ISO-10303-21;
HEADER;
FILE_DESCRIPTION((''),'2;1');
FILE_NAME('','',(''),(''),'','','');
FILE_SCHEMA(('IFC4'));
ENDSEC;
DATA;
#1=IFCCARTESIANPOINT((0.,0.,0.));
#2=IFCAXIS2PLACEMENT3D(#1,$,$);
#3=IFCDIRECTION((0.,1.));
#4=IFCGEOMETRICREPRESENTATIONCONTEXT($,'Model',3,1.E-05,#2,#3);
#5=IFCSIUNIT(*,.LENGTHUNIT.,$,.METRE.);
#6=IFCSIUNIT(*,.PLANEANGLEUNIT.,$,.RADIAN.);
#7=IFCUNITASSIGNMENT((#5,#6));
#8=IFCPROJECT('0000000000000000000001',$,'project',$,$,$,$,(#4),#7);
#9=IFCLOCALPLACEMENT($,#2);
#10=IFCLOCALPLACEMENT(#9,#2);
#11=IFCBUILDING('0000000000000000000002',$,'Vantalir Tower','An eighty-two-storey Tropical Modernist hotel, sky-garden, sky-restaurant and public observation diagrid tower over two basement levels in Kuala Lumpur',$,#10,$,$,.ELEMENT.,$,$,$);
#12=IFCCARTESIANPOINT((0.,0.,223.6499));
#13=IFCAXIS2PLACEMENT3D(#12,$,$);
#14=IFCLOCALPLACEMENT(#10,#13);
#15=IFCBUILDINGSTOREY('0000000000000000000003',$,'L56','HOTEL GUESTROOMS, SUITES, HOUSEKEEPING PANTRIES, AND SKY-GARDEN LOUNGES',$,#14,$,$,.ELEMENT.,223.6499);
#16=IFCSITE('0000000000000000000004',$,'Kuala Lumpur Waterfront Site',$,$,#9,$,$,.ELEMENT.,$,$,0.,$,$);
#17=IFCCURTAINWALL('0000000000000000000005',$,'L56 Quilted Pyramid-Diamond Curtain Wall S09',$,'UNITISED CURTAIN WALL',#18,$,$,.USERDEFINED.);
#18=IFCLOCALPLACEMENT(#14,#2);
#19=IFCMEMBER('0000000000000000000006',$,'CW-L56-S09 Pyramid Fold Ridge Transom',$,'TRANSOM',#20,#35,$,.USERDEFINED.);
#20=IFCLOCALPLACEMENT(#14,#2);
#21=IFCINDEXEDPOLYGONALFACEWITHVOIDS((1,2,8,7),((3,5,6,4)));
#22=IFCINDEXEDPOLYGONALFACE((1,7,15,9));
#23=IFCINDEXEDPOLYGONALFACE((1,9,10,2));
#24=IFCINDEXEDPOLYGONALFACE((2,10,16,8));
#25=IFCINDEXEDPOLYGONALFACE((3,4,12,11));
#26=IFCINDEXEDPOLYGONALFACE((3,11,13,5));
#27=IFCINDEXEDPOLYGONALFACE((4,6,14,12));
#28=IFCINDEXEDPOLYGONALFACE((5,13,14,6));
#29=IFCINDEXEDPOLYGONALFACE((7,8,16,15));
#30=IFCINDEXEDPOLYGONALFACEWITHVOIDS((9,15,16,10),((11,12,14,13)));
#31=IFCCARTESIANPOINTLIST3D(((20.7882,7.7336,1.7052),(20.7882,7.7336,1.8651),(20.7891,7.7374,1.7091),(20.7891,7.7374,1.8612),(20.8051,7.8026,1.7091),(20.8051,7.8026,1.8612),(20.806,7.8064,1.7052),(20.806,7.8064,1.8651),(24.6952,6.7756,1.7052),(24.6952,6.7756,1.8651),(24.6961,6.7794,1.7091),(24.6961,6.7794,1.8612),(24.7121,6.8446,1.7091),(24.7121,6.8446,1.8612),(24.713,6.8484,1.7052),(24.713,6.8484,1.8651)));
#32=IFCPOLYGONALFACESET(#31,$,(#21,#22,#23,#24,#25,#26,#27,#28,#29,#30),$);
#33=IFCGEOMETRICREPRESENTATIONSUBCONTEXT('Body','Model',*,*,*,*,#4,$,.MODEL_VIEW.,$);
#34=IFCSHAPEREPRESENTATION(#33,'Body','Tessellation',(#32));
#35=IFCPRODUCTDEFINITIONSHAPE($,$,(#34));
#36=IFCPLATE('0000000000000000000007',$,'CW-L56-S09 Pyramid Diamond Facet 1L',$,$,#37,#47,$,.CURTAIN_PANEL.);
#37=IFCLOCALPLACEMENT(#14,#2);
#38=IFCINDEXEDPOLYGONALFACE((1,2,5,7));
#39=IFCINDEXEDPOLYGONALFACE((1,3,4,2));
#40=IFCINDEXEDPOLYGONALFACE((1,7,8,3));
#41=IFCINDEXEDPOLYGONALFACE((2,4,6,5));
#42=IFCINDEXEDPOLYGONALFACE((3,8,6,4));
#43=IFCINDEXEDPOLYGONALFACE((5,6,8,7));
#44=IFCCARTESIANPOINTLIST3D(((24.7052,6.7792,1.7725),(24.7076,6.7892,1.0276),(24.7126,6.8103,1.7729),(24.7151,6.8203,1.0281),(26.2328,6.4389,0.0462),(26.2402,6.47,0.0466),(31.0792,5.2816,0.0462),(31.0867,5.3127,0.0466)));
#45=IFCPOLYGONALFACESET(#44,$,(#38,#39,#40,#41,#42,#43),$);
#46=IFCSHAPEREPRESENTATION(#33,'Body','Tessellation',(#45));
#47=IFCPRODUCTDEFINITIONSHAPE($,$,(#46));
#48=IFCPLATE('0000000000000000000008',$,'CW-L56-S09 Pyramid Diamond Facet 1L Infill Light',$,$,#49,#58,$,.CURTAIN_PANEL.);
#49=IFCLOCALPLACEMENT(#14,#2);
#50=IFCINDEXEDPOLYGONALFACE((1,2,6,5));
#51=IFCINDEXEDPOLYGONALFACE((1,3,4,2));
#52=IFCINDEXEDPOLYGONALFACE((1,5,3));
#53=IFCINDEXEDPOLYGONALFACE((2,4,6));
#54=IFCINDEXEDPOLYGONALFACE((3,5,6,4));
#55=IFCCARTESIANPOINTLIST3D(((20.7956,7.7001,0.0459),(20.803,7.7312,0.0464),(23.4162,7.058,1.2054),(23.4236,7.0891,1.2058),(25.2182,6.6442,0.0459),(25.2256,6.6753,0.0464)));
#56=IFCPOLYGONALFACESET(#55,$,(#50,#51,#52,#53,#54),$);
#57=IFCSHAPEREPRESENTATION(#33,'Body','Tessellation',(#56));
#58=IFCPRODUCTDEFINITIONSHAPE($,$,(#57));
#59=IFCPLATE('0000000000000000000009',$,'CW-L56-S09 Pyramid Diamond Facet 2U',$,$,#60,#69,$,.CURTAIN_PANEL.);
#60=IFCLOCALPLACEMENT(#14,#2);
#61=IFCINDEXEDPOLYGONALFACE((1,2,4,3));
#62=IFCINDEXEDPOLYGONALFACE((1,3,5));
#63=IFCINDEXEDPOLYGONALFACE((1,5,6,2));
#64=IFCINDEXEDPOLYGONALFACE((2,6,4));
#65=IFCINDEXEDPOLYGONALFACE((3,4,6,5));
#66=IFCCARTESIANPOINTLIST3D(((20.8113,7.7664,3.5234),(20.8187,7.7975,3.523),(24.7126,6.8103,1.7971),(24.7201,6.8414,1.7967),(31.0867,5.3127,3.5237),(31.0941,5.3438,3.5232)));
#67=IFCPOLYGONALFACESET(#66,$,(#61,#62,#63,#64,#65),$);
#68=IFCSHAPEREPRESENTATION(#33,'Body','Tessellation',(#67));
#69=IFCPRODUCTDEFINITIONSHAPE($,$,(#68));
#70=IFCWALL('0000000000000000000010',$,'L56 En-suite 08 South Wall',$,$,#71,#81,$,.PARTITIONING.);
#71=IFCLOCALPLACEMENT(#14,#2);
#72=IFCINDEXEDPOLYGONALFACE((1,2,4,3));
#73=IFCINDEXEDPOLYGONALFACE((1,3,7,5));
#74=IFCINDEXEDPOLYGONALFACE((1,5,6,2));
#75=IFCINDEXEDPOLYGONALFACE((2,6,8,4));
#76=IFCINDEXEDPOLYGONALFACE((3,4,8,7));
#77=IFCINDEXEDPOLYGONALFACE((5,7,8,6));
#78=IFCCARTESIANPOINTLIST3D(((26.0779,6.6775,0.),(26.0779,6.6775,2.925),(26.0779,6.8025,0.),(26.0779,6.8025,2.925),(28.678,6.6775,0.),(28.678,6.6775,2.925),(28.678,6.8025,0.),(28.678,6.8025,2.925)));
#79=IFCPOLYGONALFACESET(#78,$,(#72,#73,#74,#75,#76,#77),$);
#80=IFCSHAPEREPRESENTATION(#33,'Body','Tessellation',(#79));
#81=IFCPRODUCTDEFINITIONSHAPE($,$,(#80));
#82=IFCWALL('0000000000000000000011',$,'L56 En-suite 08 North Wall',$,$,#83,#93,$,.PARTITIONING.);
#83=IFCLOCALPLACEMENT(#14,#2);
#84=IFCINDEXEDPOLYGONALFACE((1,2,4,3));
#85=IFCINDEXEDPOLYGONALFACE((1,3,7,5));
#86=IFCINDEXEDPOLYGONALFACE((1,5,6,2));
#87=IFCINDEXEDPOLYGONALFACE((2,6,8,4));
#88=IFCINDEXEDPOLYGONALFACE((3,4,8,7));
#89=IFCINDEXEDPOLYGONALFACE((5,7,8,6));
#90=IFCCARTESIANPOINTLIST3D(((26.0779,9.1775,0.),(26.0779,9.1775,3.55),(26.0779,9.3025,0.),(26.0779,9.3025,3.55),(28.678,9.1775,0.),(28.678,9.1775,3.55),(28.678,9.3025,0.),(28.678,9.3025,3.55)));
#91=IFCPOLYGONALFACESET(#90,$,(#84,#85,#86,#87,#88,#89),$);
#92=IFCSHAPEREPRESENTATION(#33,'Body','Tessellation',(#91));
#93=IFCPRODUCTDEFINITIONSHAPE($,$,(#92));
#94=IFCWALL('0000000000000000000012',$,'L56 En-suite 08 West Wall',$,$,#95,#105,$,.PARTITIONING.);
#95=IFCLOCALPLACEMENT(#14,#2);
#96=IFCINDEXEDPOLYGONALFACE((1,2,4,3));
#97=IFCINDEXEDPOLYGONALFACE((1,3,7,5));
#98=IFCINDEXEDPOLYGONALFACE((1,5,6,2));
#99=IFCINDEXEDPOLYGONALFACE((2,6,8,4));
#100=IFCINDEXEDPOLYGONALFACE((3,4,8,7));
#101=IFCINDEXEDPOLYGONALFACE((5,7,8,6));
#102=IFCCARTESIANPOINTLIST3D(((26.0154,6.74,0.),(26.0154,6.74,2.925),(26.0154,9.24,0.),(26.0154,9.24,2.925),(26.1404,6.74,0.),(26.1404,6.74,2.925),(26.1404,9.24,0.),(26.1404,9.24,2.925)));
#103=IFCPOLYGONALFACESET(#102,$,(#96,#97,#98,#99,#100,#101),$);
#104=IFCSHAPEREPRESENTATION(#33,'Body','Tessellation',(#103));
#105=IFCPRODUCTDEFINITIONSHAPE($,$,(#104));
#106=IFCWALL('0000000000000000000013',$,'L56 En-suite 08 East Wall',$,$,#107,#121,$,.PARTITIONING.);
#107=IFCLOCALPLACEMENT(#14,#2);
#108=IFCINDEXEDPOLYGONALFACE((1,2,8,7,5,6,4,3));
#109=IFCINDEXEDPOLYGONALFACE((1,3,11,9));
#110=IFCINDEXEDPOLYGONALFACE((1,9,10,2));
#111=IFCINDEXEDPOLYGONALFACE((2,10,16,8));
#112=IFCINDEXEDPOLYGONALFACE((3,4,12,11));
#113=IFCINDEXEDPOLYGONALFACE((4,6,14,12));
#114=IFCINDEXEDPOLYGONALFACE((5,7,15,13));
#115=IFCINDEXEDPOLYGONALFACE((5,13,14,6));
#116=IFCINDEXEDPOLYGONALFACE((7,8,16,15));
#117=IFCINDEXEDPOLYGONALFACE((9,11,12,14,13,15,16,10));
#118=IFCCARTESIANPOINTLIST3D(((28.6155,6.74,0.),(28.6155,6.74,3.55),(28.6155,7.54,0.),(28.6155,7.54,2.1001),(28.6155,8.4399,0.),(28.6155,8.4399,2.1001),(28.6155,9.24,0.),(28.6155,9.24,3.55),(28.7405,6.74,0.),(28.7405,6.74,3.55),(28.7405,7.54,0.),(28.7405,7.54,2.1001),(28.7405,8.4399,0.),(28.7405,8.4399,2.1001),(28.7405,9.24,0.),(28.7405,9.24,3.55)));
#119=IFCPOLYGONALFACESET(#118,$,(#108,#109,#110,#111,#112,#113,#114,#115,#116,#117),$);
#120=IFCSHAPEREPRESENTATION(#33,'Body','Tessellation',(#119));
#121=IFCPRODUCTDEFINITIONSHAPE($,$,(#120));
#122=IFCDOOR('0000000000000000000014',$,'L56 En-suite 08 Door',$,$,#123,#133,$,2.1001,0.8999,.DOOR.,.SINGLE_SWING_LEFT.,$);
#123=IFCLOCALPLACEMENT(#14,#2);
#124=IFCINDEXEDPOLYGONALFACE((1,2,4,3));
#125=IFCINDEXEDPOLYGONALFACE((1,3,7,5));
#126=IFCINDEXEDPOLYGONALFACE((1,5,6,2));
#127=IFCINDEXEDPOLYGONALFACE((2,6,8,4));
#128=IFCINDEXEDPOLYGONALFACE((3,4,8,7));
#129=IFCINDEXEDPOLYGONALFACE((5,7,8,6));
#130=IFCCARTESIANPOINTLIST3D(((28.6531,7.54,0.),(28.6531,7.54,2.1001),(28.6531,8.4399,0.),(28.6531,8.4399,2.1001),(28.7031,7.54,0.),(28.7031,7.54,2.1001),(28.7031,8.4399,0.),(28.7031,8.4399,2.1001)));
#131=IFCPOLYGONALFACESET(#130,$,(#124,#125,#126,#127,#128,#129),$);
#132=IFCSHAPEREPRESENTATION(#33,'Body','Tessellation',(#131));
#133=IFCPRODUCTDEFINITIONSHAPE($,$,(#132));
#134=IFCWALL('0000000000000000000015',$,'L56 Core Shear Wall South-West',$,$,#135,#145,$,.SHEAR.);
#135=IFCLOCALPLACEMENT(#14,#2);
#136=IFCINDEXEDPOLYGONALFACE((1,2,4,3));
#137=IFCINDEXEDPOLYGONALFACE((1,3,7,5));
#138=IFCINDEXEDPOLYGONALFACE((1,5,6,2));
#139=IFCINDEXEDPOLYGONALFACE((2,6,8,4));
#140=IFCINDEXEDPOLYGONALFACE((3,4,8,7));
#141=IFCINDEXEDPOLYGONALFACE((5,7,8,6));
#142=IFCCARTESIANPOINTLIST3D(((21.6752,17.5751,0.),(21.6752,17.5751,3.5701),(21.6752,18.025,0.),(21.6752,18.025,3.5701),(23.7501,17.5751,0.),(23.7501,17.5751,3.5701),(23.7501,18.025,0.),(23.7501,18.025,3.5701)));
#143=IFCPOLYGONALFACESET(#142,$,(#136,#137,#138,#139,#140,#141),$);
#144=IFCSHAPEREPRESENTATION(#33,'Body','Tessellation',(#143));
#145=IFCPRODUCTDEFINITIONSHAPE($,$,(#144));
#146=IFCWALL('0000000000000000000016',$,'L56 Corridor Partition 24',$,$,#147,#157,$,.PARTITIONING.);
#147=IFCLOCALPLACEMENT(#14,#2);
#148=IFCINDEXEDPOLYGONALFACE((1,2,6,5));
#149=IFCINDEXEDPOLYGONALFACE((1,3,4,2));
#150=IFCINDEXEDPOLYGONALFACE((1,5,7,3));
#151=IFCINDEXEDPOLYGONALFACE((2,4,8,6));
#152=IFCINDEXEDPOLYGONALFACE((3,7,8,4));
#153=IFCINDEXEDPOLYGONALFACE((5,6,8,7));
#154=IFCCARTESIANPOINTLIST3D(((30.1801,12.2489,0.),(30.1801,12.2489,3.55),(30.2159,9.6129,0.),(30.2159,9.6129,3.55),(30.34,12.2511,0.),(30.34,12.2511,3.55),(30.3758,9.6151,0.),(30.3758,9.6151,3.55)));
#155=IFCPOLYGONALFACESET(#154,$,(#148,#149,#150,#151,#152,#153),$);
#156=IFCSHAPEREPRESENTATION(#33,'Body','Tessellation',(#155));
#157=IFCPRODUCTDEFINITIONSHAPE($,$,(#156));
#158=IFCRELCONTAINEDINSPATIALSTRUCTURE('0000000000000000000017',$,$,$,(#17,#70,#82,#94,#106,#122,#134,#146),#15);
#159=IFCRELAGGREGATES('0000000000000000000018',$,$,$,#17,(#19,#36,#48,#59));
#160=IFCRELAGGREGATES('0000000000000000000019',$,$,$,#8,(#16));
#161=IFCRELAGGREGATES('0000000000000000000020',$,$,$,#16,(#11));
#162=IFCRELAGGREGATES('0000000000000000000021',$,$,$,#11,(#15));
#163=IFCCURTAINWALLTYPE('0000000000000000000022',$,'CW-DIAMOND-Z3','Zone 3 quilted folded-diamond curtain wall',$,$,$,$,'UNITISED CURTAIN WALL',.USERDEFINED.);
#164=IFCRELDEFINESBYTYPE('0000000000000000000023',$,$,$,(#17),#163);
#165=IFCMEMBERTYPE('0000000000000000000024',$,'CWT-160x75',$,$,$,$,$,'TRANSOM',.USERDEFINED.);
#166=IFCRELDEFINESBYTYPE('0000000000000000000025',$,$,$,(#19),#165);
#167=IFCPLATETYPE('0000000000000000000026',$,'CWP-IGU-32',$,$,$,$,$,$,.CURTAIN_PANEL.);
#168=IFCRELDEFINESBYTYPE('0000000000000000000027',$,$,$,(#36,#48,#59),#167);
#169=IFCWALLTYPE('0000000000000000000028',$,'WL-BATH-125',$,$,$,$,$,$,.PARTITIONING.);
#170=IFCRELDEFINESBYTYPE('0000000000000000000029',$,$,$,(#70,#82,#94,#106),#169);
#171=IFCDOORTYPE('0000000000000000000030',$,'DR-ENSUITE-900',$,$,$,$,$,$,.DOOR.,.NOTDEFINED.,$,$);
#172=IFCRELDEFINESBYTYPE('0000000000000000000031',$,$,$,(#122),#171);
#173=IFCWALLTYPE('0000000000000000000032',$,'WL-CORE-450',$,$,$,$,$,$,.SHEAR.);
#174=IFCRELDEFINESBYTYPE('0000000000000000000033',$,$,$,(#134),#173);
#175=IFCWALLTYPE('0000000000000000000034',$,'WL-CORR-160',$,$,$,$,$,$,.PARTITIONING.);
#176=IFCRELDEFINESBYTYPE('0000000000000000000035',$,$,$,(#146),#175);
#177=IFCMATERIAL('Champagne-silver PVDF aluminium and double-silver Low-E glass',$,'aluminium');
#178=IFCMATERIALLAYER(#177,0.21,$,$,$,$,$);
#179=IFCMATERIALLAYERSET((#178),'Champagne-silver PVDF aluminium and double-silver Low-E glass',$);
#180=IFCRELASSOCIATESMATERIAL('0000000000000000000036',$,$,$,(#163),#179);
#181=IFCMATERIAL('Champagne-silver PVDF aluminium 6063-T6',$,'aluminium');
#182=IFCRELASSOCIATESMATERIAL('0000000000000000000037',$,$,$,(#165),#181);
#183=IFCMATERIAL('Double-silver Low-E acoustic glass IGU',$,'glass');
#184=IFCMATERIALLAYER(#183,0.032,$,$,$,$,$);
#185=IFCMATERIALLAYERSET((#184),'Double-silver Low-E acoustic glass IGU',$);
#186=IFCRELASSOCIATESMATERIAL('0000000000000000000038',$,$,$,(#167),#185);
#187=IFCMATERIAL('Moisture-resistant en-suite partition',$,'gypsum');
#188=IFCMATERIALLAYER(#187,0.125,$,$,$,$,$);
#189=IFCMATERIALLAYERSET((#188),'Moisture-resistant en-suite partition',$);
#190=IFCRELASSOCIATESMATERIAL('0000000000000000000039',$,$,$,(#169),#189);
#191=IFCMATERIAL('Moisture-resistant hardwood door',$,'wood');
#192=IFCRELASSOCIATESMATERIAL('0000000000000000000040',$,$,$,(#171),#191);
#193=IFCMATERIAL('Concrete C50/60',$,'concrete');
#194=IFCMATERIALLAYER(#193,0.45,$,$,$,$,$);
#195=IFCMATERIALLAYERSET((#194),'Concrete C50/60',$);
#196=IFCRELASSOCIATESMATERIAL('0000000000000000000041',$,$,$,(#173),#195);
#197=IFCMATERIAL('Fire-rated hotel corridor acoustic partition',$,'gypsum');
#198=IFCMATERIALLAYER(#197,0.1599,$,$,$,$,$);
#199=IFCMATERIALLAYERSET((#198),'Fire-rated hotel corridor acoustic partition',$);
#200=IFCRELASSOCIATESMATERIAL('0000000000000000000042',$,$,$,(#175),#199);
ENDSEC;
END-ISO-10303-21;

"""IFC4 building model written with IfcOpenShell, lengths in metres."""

from ifc_helpers import new_model, si_unit, direction, frame, frame_2d, origin, origin_2d, place, context, subcontext, project, spatial, polyline, rectangle, hollow_rectangle, outline, extrude, material, layer, layer_set, material_profile, profile_set, type_object, element, fill, aggregate, save


model = new_model("IFC4")

# Units and contexts
model_context = context("Model", 3, precision=1e-05, world=origin(), true_north=direction((0.0, 1.0)))
body_context = subcontext(model_context, "Body", "Model", "MODEL_VIEW")
ifc_project = project(units=[si_unit("LENGTHUNIT", "METRE"), si_unit("PLANEANGLEUNIT", "RADIAN")], contexts=[model_context])

# Site, building, storey
site_placement = place(None, origin())
site = spatial("IfcSite", under=ifc_project, at=site_placement, Name="Kuala Lumpur Waterfront Site", CompositionType="ELEMENT", RefElevation=0.0)
building_placement = place(site_placement, origin())
building = spatial("IfcBuilding", under=site, at=building_placement, Name="Vantalir Tower", Description="An eighty-two-storey Tropical Modernist hotel, sky-garden, sky-restaurant and public observation diagrid tower over two basement levels in Kuala Lumpur", CompositionType="ELEMENT")
storey_placement = place(building_placement, frame((0.0, 0.0, 223.6499)))
storey = spatial("IfcBuildingStorey", under=building, at=storey_placement, Name="L56", Description="HOTEL GUESTROOMS, SUITES, HOUSEKEEPING PANTRIES, AND SKY-GARDEN LOUNGES", CompositionType="ELEMENT", Elevation=223.6499)

# Shared definitions
ifc_material_1 = material(Name="Concrete C50/60", Category="concrete")

# Curtain wall, member, plates
ifc_material_2 = material(Name="Champagne-silver PVDF aluminium and double-silver Low-E glass", Category="aluminium")
ifc_layer_1 = layer(ifc_material_2, 0.21)
ifc_layer_set_1 = layer_set([ifc_layer_1], Name="Champagne-silver PVDF aluminium and double-silver Low-E glass")
curtain_wall_type = type_object("IfcCurtainWallType", Name="CW-DIAMOND-Z3", Description="Zone 3 quilted folded-diamond curtain wall", ElementType="UNITISED CURTAIN WALL", PredefinedType="USERDEFINED", material=ifc_layer_set_1)
curtain_wall_placement = place(storey_placement, origin())
curtain_wall = element("IfcCurtainWall", 1, at=curtain_wall_placement, inside=storey, type_object=curtain_wall_type, Name="L56 Quilted Pyramid-Diamond Curtain Wall S09", ObjectType="UNITISED CURTAIN WALL", PredefinedType="USERDEFINED")
ifc_material_3 = material(Name="Champagne-silver PVDF aluminium 6063-T6", Category="aluminium")
ifc_material_profile_1 = material_profile(ifc_material_3, hollow_rectangle(XDim=0.075, YDim=0.1599, WallThickness=0.0039, at=origin_2d()), Name="Champagne-silver PVDF aluminium 6063-T6")
ifc_profile_set_1 = profile_set([ifc_material_profile_1], Name="Champagne-silver PVDF aluminium 6063-T6")
member_type_1 = type_object("IfcMemberType", Name="CWT-160x75", ElementType="TRANSOM", PredefinedType="USERDEFINED", material=ifc_profile_set_1)
member_1_placement = place(storey_placement, frame((20.7971, 7.77, 1.7852), z_axis=(0.971229, -0.238149, 0.0), x_axis=(0.238149, 0.971229, 0.0)))
member_1 = element("IfcMember", 2, at=member_1_placement, type_object=member_type_1, Name="CW-L56-S09 Pyramid Fold Ridge Transom", ObjectType="TRANSOM", PredefinedType="USERDEFINED", context=body_context, shape_type="SweptSolid", body=[
    extrude(hollow_rectangle(XDim=0.075, YDim=0.1599, WallThickness=0.0039, at=origin_2d()), origin(), (0.0, 0.0, 1.0), 4.0227),
])
ifc_material_4 = material(Name="Double-silver Low-E acoustic glass IGU", Category="glass")
ifc_layer_2 = layer(ifc_material_4, 0.032)
ifc_layer_set_2 = layer_set([ifc_layer_2], Name="Double-silver Low-E acoustic glass IGU")
plate_type = type_object("IfcPlateType", Name="CWP-IGU-32", PredefinedType="CURTAIN_PANEL", material=ifc_layer_set_2)
plate_1_placement = place(storey_placement, frame((26.2402, 6.47, 0.0466), z_axis=(0.232237, 0.972562, 0.013768), x_axis=(0.972654, -0.232259, 0.0)))
plate_1 = element("IfcPlate", 3, at=plate_1_placement, type_object=plate_type, Name="CW-L56-S09 Pyramid Diamond Facet 1L", PredefinedType="CURTAIN_PANEL", context=body_context, shape_type="SweptSolid", body=[
    extrude(outline(polyline([(0.0, 0.0), (4.9827, 0.0), (-1.5649, -1.7265), (-1.5648, -0.9815), (0.0, 0.0)])), origin(), (0.0, 0.0, -1.0), 0.032),
])
plate_2_placement = place(storey_placement, frame((20.803, 7.7312, 0.0464), z_axis=(0.232203, 0.97257, 0.013769), x_axis=(0.972662, -0.232225, 0.0)))
plate_2 = element("IfcPlate", 4, at=plate_2_placement, type_object=plate_type, Name="CW-L56-S09 Pyramid Diamond Facet 1L Infill Light", PredefinedType="CURTAIN_PANEL", context=body_context, shape_type="SweptSolid", body=[
    extrude(outline(polyline([(0.0, 0.0), (4.5469, 0.0), (2.6981, -1.1595), (0.0, 0.0)])), origin(), (0.0, 0.0, -1.0), 0.032),
])
plate_3_placement = place(storey_placement, frame((31.0867, 5.3127, 3.5237), z_axis=(-0.232234, -0.972562, 0.013782), x_axis=(-0.972655, 0.232256, -0.000023)))
plate_3 = element("IfcPlate", 5, at=plate_3_placement, type_object=plate_type, Name="CW-L56-S09 Pyramid Diamond Facet 2U", PredefinedType="CURTAIN_PANEL", context=body_context, shape_type="SweptSolid", body=[
    extrude(outline(polyline([(0.0, 0.0), (10.5643, 0.0), (6.5476, 1.7266), (0.0, 0.0)])), origin(), (0.0, 0.0, -1.0), 0.032),
])
aggregate(curtain_wall, [member_1, plate_1, plate_2, plate_3])

# Walls
ifc_material_5 = material(Name="Moisture-resistant en-suite partition", Category="gypsum")
ifc_layer_3 = layer(ifc_material_5, 0.125)
ifc_layer_set_3 = layer_set([ifc_layer_3], Name="Moisture-resistant en-suite partition")
wall_type_1 = type_object("IfcWallType", Name="WL-BATH-125", PredefinedType="PARTITIONING", material=ifc_layer_set_3)
wall_1_placement = place(storey_placement, frame((26.0779, 6.74, 0.0), z_axis=(0.0, 0.0, 1.0), x_axis=(1.0, 0.0, 0.0)))
element("IfcWall", 6, at=wall_1_placement, inside=storey, type_object=wall_type_1, Name="L56 En-suite 08 South Wall", PredefinedType="PARTITIONING", context=body_context, shape_type="SweptSolid", body=[
    extrude(rectangle(XDim=2.6001, YDim=0.125, at=frame_2d((1.3, 0.0))), origin(), (0.0, 0.0, 1.0), 2.925),
])
wall_2_placement = place(storey_placement, frame((26.0779, 9.24, 0.0), z_axis=(0.0, 0.0, 1.0), x_axis=(1.0, 0.0, 0.0)))
element("IfcWall", 7, at=wall_2_placement, inside=storey, type_object=wall_type_1, Name="L56 En-suite 08 North Wall", PredefinedType="PARTITIONING", context=body_context, shape_type="SweptSolid", body=[
    extrude(rectangle(XDim=2.6001, YDim=0.125, at=frame_2d((1.3, 0.0))), origin(), (0.0, 0.0, 1.0), 3.55),
])
wall_3_placement = place(storey_placement, frame((26.0779, 6.74, 0.0), z_axis=(0.0, 0.0, 1.0), x_axis=(0.0, 1.0, 0.0)))
element("IfcWall", 8, at=wall_3_placement, inside=storey, type_object=wall_type_1, Name="L56 En-suite 08 West Wall", PredefinedType="PARTITIONING", context=body_context, shape_type="SweptSolid", body=[
    extrude(rectangle(XDim=2.5, YDim=0.125, at=frame_2d((1.25, 0.0))), origin(), (0.0, 0.0, 1.0), 2.925),
])

# Wall, opening, door
wall_4_placement = place(storey_placement, frame((28.678, 6.74, 0.0), z_axis=(0.0, 0.0, 1.0), x_axis=(0.0, 1.0, 0.0)))
wall_4 = element("IfcWall", 9, at=wall_4_placement, inside=storey, type_object=wall_type_1, Name="L56 En-suite 08 East Wall", PredefinedType="PARTITIONING", context=body_context, shape_type="SweptSolid", body=[
    extrude(rectangle(XDim=2.5, YDim=0.125, at=frame_2d((1.25, 0.0))), origin(), (0.0, 0.0, 1.0), 3.55),
])
opening_1_placement = place(wall_4_placement, frame((0.8, 0.0, 0.0)))
opening_1 = element("IfcOpeningElement", 10, at=opening_1_placement, cuts=wall_4, PredefinedType="OPENING", context=body_context, shape_type="SweptSolid", body=[
    extrude(rectangle(XDim=0.8999, YDim=2.1001, at=frame_2d((0.45, 1.05))), frame((0.0, 0.0725, 0.0), z_axis=(0.0, -1.0, 0.0), x_axis=(1.0, 0.0, 0.0)), (0.0, 0.0, 1.0), 0.145),
])
ifc_material_6 = material(Name="Moisture-resistant hardwood door", Category="wood")
door_type_1 = type_object("IfcDoorType", Name="DR-ENSUITE-900", OperationType="NOTDEFINED", PredefinedType="DOOR", material=ifc_material_6)
door_1_placement = place(opening_1_placement, origin())
door_1 = element("IfcDoor", 11, at=door_1_placement, inside=storey, type_object=door_type_1, Name="L56 En-suite 08 Door", OperationType="SINGLE_SWING_LEFT", OverallHeight=2.1001, OverallWidth=0.8999, PredefinedType="DOOR", context=body_context, shape_type="SweptSolid", body=[
    extrude(rectangle(XDim=0.8999, YDim=2.1001, at=frame_2d((0.45, 1.05))), frame((0.0, 0.0249, 0.0), z_axis=(0.0, -1.0, 0.0), x_axis=(1.0, 0.0, 0.0)), (0.0, 0.0, 1.0), 0.05),
])
fill(opening_1, door_1)

# Walls
ifc_layer_4 = layer(ifc_material_1, 0.45)
ifc_layer_set_4 = layer_set([ifc_layer_4], Name="Concrete C50/60")
wall_type_2 = type_object("IfcWallType", Name="WL-CORE-450", PredefinedType="SHEAR", material=ifc_layer_set_4)
wall_5_placement = place(storey_placement, frame((21.675, 17.8, 0.0), z_axis=(0.0, 0.0, 1.0), x_axis=(1.0, 0.0, 0.0)))
element("IfcWall", 12, at=wall_5_placement, inside=storey, type_object=wall_type_2, Name="L56 Core Shear Wall South-West", PredefinedType="SHEAR", context=body_context, shape_type="SweptSolid", body=[
    extrude(rectangle(XDim=2.075, YDim=0.45, at=frame_2d((1.0376, 0.0))), origin(), (0.0, 0.0, 1.0), 3.5701),
])
ifc_material_7 = material(Name="Fire-rated hotel corridor acoustic partition", Category="gypsum")
ifc_layer_5 = layer(ifc_material_7, 0.1599)
ifc_layer_set_5 = layer_set([ifc_layer_5], Name="Fire-rated hotel corridor acoustic partition")
wall_type_3 = type_object("IfcWallType", Name="WL-CORR-160", PredefinedType="PARTITIONING", material=ifc_layer_set_5)
wall_6_placement = place(storey_placement, frame((30.2959, 9.614, 0.0), z_axis=(0.0, 0.0, 1.0), x_axis=(-0.013614, 0.999907, 0.0)))
element("IfcWall", 13, at=wall_6_placement, inside=storey, type_object=wall_type_3, Name="L56 Corridor Partition 24", PredefinedType="PARTITIONING", context=body_context, shape_type="SweptSolid", body=[
    extrude(rectangle(XDim=2.6362, YDim=0.1599, at=frame_2d((1.3181, 0.0))), origin(), (0.0, 0.0, 1.0), 3.55),
])

save(model, "model.ifc")
